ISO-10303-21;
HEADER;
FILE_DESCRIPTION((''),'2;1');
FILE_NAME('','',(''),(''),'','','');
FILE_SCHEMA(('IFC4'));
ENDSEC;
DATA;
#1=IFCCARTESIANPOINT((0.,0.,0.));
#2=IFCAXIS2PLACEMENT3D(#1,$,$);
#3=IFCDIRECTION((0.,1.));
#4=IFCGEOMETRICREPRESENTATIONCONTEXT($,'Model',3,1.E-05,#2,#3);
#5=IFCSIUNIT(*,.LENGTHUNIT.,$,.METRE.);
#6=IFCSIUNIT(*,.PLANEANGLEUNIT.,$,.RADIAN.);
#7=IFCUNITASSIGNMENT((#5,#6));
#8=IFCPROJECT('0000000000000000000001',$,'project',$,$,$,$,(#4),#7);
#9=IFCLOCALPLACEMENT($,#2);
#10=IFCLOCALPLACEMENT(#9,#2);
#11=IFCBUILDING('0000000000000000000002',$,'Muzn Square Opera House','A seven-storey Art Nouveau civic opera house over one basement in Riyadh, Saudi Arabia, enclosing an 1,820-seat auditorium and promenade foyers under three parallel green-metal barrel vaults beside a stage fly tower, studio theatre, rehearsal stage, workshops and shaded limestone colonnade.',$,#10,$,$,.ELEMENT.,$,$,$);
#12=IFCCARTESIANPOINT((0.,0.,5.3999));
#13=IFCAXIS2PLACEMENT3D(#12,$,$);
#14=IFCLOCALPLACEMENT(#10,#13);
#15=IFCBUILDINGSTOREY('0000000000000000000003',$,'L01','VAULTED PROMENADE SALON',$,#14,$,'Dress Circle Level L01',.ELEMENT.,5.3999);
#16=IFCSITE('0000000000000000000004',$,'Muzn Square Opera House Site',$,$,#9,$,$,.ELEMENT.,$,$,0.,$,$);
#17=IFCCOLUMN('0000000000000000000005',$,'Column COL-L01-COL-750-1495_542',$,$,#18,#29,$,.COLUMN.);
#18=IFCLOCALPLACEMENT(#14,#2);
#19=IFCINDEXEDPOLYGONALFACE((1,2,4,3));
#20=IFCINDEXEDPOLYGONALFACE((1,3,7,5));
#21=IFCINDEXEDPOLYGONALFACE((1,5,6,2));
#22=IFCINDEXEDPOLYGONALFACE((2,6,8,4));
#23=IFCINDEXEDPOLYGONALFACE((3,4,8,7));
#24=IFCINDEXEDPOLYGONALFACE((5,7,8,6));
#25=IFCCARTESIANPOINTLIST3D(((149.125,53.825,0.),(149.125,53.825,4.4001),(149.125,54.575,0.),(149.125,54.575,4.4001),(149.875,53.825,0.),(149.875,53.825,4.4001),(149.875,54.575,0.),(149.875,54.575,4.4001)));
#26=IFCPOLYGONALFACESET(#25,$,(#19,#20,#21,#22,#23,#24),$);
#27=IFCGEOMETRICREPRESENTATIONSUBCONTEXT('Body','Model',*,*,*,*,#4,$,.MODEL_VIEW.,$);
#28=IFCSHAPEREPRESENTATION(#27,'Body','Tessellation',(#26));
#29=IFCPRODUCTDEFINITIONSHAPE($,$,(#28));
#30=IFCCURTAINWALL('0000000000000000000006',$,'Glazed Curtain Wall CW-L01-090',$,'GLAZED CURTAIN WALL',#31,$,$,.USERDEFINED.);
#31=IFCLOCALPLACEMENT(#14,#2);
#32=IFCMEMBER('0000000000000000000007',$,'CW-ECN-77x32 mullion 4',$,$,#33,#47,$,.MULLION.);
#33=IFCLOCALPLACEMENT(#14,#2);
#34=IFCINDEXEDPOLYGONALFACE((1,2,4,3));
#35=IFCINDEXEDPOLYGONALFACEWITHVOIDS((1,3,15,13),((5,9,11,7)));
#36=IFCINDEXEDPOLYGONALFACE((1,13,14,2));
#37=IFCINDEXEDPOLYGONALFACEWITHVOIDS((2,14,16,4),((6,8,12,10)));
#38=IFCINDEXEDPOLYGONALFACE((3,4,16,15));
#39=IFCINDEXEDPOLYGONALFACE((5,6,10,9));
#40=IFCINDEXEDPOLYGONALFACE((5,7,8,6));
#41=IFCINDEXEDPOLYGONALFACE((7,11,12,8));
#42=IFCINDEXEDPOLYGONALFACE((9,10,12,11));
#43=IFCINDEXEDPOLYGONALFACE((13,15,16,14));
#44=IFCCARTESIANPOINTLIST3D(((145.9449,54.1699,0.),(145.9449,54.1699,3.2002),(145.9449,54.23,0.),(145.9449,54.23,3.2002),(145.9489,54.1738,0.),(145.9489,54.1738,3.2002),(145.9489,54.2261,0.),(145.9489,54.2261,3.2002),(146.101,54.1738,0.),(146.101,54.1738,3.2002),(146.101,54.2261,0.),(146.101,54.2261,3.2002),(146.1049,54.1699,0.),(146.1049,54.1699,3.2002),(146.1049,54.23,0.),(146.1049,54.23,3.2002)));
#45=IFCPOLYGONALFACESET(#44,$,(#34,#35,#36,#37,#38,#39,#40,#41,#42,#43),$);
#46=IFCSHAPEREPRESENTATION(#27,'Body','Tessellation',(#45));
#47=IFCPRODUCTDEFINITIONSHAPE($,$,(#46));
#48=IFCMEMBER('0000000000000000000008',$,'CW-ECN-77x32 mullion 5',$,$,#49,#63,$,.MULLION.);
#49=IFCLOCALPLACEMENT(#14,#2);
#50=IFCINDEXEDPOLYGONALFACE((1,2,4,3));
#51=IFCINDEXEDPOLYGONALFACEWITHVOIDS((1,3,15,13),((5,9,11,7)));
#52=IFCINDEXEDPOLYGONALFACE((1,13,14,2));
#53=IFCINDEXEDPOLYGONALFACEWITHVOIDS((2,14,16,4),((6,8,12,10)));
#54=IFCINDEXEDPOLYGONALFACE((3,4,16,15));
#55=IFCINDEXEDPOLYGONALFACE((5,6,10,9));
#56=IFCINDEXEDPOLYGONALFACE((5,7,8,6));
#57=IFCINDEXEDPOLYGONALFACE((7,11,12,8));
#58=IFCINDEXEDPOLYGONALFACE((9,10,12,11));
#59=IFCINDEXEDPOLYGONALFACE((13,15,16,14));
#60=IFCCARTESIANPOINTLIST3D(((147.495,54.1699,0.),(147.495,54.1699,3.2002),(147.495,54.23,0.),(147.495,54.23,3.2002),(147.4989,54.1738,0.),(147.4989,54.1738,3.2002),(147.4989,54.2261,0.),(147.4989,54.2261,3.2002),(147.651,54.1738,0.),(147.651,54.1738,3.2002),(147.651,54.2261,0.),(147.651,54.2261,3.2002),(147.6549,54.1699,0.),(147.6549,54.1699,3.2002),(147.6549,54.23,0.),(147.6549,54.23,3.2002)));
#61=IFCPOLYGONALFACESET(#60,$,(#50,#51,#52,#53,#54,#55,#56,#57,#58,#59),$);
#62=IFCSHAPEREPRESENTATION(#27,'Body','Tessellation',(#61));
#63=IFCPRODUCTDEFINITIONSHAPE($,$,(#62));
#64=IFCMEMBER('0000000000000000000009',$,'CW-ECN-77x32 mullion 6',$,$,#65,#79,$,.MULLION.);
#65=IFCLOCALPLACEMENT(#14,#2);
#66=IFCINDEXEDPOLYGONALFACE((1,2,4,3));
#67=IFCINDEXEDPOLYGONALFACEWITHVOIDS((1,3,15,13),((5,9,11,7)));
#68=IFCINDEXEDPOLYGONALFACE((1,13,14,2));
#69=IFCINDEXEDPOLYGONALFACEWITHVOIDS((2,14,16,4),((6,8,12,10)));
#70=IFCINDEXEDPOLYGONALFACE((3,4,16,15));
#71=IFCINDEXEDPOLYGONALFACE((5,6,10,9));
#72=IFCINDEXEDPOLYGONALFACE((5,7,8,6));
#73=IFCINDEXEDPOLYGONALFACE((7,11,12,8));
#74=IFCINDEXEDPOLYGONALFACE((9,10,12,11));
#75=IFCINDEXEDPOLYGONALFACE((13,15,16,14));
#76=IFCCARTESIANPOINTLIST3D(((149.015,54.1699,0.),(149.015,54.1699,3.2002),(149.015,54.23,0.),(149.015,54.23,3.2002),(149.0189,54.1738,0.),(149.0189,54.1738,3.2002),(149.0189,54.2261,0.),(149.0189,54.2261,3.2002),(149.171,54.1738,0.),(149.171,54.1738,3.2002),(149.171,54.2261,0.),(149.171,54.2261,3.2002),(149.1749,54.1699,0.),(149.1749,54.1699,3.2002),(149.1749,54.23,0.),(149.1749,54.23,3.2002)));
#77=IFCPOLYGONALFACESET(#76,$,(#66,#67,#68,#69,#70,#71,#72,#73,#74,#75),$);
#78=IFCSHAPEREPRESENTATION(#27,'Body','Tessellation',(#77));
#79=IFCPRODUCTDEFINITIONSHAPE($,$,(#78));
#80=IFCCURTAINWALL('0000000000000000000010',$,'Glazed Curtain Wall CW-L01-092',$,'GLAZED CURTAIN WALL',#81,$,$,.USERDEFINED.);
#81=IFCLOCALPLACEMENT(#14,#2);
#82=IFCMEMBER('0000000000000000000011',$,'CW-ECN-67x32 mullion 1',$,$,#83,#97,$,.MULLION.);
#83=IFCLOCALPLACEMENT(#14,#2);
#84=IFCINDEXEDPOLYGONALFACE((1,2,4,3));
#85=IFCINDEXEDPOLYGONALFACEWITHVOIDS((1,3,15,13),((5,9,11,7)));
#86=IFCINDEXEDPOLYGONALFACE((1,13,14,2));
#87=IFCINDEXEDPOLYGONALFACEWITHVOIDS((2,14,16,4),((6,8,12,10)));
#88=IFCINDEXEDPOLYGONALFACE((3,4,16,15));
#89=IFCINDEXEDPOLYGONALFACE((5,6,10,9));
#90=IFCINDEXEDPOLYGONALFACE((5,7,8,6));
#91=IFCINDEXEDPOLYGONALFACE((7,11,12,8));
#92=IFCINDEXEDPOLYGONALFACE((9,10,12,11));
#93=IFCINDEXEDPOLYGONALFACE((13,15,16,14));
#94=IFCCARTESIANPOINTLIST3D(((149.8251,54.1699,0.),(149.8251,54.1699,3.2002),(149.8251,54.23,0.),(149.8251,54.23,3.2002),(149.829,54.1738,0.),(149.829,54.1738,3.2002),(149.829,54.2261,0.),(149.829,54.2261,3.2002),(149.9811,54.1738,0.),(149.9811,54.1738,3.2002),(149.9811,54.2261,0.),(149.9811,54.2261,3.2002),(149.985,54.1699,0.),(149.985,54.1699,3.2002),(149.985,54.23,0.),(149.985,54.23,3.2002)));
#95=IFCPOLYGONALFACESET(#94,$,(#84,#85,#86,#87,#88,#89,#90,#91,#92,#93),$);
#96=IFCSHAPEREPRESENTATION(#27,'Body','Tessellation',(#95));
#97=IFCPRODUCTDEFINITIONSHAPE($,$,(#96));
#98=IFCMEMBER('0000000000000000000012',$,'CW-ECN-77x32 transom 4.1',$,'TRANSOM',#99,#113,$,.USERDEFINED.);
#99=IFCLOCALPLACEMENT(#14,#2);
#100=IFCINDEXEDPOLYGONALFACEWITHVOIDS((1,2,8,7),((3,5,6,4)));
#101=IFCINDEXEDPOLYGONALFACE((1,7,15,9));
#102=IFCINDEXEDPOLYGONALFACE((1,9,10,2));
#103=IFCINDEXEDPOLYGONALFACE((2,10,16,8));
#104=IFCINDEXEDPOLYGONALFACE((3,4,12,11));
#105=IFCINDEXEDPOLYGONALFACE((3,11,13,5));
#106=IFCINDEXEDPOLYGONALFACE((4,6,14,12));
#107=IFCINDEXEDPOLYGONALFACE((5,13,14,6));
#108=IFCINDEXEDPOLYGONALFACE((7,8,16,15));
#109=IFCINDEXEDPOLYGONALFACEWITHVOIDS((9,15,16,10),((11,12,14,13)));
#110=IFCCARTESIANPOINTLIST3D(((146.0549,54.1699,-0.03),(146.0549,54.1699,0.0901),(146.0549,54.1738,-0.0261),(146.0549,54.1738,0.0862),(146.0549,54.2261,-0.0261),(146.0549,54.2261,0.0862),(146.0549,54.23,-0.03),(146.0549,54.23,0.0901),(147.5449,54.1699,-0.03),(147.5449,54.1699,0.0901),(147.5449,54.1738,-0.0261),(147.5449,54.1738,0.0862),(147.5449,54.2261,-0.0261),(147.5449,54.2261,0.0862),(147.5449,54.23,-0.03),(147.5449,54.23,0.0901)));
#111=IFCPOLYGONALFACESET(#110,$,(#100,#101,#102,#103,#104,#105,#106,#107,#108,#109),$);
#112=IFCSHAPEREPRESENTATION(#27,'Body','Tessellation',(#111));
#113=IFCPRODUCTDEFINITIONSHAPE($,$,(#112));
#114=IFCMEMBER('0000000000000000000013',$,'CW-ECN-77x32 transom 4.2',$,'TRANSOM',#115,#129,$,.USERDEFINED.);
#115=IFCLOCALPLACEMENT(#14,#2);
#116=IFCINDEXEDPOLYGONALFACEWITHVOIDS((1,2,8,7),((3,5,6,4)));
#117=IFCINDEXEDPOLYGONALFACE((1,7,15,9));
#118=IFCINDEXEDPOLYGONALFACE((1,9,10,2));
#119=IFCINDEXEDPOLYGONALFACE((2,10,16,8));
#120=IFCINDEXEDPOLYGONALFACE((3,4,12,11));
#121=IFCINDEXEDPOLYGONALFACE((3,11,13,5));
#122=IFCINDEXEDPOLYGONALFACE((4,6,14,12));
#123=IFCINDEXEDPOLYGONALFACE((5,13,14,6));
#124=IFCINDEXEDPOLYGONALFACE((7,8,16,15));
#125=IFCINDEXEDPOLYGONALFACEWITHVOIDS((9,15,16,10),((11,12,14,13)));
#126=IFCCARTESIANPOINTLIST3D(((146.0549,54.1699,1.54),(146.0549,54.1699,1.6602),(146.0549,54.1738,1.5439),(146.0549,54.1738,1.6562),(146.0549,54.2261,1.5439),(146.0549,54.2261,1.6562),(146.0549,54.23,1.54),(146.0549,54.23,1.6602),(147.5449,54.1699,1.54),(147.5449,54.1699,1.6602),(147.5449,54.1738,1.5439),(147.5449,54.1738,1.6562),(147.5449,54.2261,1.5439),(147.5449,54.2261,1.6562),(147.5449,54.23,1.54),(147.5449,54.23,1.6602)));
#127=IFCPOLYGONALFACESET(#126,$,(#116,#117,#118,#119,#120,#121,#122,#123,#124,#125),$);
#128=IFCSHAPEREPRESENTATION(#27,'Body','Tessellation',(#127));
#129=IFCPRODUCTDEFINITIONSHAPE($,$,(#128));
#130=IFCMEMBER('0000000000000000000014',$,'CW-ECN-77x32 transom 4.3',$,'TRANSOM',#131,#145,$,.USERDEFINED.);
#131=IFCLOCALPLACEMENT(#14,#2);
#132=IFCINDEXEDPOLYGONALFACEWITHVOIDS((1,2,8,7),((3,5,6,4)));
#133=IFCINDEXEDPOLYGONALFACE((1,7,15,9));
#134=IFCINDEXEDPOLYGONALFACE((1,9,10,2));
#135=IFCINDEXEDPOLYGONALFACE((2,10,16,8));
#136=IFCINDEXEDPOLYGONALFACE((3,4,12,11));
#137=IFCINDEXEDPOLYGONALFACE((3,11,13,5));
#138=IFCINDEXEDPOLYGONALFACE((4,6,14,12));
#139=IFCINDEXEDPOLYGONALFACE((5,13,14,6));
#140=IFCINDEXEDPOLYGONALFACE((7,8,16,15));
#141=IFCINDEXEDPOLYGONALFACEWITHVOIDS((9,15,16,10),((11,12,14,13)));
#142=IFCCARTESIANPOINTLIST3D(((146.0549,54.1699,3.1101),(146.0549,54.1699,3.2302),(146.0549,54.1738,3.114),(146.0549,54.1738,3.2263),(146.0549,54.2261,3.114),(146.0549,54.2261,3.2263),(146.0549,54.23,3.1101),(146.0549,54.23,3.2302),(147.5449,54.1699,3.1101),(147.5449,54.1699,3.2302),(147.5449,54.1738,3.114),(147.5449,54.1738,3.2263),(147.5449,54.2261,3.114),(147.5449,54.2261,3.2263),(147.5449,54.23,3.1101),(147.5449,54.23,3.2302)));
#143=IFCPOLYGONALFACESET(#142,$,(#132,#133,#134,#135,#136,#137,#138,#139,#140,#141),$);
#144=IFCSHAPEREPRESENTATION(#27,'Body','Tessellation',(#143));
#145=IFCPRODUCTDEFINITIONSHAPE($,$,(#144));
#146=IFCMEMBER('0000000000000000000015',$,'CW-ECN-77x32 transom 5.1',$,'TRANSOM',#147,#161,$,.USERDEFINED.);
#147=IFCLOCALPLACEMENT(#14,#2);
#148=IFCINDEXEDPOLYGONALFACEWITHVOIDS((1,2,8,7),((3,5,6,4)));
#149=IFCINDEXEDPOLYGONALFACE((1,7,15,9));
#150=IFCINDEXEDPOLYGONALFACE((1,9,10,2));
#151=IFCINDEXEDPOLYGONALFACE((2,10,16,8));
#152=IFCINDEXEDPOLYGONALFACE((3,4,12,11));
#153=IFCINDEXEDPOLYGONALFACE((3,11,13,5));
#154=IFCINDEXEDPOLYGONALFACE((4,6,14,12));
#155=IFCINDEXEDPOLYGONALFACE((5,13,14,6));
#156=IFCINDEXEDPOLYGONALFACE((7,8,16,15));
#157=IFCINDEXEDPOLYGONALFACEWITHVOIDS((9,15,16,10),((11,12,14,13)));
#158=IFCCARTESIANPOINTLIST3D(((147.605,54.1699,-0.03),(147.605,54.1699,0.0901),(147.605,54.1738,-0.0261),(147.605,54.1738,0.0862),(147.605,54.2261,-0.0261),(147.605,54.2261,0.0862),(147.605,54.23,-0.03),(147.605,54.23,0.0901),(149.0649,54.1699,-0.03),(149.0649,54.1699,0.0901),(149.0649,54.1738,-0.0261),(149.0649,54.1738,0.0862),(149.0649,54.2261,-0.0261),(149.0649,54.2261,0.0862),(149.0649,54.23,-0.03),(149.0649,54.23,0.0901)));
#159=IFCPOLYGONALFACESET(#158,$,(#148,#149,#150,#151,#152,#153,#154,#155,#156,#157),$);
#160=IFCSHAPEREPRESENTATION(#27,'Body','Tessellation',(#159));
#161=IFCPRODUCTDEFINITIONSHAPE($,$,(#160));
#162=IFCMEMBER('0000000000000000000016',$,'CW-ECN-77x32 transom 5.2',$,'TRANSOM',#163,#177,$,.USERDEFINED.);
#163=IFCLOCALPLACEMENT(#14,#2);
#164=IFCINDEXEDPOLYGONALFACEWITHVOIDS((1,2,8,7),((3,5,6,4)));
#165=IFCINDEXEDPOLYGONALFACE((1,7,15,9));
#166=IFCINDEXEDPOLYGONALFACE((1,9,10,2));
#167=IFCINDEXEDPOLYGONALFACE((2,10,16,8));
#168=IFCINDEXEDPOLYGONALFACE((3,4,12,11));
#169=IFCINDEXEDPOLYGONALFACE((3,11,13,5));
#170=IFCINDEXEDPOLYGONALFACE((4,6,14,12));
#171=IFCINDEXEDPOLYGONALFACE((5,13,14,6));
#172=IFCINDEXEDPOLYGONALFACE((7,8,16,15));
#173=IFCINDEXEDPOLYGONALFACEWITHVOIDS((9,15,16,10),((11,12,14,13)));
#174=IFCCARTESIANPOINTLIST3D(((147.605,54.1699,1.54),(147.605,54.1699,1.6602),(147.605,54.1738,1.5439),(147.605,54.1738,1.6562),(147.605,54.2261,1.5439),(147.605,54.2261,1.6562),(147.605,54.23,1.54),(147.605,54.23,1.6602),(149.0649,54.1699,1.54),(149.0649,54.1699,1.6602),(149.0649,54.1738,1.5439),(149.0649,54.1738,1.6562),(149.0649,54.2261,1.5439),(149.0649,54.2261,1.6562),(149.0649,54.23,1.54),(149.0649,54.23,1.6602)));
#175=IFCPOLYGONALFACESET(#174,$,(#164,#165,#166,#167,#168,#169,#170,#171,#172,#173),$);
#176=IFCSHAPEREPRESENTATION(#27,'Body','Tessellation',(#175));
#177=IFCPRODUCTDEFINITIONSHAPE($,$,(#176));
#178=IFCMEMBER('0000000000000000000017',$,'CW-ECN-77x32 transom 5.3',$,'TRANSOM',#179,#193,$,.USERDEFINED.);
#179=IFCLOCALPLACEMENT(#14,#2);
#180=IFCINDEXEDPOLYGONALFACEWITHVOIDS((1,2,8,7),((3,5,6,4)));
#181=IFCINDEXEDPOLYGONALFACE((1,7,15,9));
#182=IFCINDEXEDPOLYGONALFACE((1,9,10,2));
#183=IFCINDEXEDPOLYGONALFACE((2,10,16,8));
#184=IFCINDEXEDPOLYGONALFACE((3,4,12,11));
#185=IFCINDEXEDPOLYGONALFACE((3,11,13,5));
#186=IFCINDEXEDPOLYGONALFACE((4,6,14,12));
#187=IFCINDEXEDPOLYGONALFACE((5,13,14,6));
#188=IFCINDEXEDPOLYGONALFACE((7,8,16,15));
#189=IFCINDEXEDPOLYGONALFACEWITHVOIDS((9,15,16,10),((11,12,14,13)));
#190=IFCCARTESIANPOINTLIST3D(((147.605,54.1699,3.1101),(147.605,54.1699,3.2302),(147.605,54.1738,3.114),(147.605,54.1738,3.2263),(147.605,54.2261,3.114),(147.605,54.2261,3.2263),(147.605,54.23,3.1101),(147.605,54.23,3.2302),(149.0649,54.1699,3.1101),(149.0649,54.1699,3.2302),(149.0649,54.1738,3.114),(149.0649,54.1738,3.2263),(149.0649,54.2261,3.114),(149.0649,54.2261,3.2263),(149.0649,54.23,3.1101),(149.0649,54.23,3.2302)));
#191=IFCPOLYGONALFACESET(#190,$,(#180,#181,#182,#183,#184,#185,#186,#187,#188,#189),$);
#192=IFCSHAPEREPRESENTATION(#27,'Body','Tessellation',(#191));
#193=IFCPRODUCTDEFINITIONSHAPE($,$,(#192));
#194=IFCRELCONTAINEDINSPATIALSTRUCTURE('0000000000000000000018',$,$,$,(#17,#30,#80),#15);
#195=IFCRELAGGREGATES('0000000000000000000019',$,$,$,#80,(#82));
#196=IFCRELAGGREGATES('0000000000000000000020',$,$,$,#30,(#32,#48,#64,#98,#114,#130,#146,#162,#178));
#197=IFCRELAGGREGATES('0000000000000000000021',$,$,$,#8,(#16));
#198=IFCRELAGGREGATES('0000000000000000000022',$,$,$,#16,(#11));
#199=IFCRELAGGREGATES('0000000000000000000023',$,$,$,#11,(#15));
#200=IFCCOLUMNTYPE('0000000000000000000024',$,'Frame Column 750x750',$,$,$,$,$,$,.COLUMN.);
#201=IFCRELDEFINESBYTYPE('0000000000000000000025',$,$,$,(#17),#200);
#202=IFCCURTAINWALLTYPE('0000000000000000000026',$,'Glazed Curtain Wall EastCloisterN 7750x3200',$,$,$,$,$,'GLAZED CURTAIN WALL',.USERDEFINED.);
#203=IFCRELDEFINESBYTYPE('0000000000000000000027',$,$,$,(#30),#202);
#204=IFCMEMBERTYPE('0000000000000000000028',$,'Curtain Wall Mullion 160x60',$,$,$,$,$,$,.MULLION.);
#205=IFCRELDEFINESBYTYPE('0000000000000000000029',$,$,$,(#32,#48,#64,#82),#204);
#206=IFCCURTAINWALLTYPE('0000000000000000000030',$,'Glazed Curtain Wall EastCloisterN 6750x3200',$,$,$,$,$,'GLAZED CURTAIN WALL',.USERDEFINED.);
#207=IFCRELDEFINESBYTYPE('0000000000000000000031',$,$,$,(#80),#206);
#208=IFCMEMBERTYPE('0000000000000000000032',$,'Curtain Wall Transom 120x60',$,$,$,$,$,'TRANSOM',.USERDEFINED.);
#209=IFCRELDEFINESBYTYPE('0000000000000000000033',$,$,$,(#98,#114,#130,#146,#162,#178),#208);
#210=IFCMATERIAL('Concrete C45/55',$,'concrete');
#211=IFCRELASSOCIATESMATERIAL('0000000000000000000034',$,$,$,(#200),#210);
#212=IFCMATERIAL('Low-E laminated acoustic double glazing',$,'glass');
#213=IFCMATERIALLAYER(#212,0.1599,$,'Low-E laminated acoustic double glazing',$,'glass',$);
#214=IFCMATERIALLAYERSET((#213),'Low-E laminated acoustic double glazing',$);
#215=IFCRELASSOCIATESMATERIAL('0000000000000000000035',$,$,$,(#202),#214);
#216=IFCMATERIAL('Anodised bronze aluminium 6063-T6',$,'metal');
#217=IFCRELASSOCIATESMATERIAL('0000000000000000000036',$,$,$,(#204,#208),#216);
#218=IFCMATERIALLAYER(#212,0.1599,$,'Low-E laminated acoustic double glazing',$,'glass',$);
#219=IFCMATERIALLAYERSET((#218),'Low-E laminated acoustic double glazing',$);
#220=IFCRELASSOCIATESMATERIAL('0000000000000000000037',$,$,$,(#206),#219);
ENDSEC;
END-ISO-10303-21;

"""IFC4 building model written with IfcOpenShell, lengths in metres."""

from ifc_helpers import new_model, si_unit, direction, frame, origin, origin_2d, place, context, subcontext, project, spatial, rectangle, hollow_rectangle, extrude, material, layer, layer_set, material_profile, profile_set, type_object, element, aggregate, save


model = new_model("IFC4")

# Units and contexts
model_context = context("Model", 3, precision=1e-05, world=origin(), true_north=direction((0.0, 1.0)))
body_context = subcontext(model_context, "Body", "Model", "MODEL_VIEW")
ifc_project = project(units=[si_unit("LENGTHUNIT", "METRE"), si_unit("PLANEANGLEUNIT", "RADIAN")], contexts=[model_context])

# Site, building, storey
site_placement = place(None, origin())
site = spatial("IfcSite", under=ifc_project, at=site_placement, Name="Muzn Square Opera House Site", CompositionType="ELEMENT", RefElevation=0.0)
building_placement = place(site_placement, origin())
building = spatial("IfcBuilding", under=site, at=building_placement, Name="Muzn Square Opera House", Description="A seven-storey Art Nouveau civic opera house over one basement in Riyadh, Saudi Arabia, enclosing an 1,820-seat auditorium and promenade foyers under three parallel green-metal barrel vaults beside a stage fly tower, studio theatre, rehearsal stage, workshops and shaded limestone colonnade.", CompositionType="ELEMENT")
storey_placement = place(building_placement, frame((0.0, 0.0, 5.3999)))
storey = spatial("IfcBuildingStorey", under=building, at=storey_placement, Name="L01", Description="VAULTED PROMENADE SALON", LongName="Dress Circle Level L01", CompositionType="ELEMENT", Elevation=5.3999)

# Column
ifc_material_1 = material(Name="Concrete C45/55", Category="concrete")
ifc_material_profile_1 = material_profile(ifc_material_1, rectangle(XDim=0.75, YDim=0.75, at=origin_2d()), Name="RC 750x750", Category="concrete")
ifc_profile_set_1 = profile_set([ifc_material_profile_1], Name="Concrete C45/55")
column_type = type_object("IfcColumnType", Name="Frame Column 750x750", PredefinedType="COLUMN", material=ifc_profile_set_1)
column_placement = place(storey_placement, frame((149.5, 54.2, 0.0), z_axis=(0.0, 0.0, 1.0), x_axis=(1.0, 0.0, 0.0)))
element("IfcColumn", 1, at=column_placement, inside=storey, type_object=column_type, Name="Column COL-L01-COL-750-1495_542", PredefinedType="COLUMN", context=body_context, shape_type="SweptSolid", body=[
    extrude(rectangle(XDim=0.75, YDim=0.75, at=origin_2d()), origin(), (0.0, 0.0, 1.0), 4.4001),
])

# Curtain wall, members
ifc_material_2 = material(Name="Low-E laminated acoustic double glazing", Category="glass")
ifc_layer_1 = layer(ifc_material_2, 0.1599, Name="Low-E laminated acoustic double glazing", Category="glass")
ifc_layer_set_1 = layer_set([ifc_layer_1], Name="Low-E laminated acoustic double glazing")
curtain_wall_type_1 = type_object("IfcCurtainWallType", Name="Glazed Curtain Wall EastCloisterN 7750x3200", ElementType="GLAZED CURTAIN WALL", PredefinedType="USERDEFINED", material=ifc_layer_set_1)
curtain_wall_1_placement = place(storey_placement, origin())
curtain_wall_1 = element("IfcCurtainWall", 2, at=curtain_wall_1_placement, inside=storey, type_object=curtain_wall_type_1, Name="Glazed Curtain Wall CW-L01-090", ObjectType="GLAZED CURTAIN WALL", PredefinedType="USERDEFINED")
ifc_material_3 = material(Name="Anodised bronze aluminium 6063-T6", Category="metal")
ifc_material_profile_2 = material_profile(ifc_material_3, hollow_rectangle(XDim=0.0601, YDim=0.1599, WallThickness=0.0039, at=origin_2d()), Name="ALU 160x60x4", Category="metal")
ifc_profile_set_2 = profile_set([ifc_material_profile_2], Name="Anodised bronze aluminium 6063-T6")
member_type_1 = type_object("IfcMemberType", Name="Curtain Wall Mullion 160x60", PredefinedType="MULLION", material=ifc_profile_set_2)
member_1_placement = place(storey_placement, frame((146.0249, 54.2, 0.0), z_axis=(0.0, 0.0, 1.0), x_axis=(0.0, 1.0, 0.0)))
member_1 = element("IfcMember", 3, at=member_1_placement, type_object=member_type_1, Name="CW-ECN-77x32 mullion 4", PredefinedType="MULLION", context=body_context, shape_type="SweptSolid", body=[
    extrude(hollow_rectangle(XDim=0.0601, YDim=0.1599, WallThickness=0.0039, at=origin_2d()), origin(), (0.0, 0.0, 1.0), 3.2002),
])
member_2_placement = place(storey_placement, frame((147.575, 54.2, 0.0), z_axis=(0.0, 0.0, 1.0), x_axis=(0.0, 1.0, 0.0)))
member_2 = element("IfcMember", 4, at=member_2_placement, type_object=member_type_1, Name="CW-ECN-77x32 mullion 5", PredefinedType="MULLION", context=body_context, shape_type="SweptSolid", body=[
    extrude(hollow_rectangle(XDim=0.0601, YDim=0.1599, WallThickness=0.0039, at=origin_2d()), origin(), (0.0, 0.0, 1.0), 3.2002),
])
member_3_placement = place(storey_placement, frame((149.095, 54.2, 0.0), z_axis=(0.0, 0.0, 1.0), x_axis=(0.0, 1.0, 0.0)))
member_3 = element("IfcMember", 5, at=member_3_placement, type_object=member_type_1, Name="CW-ECN-77x32 mullion 6", PredefinedType="MULLION", context=body_context, shape_type="SweptSolid", body=[
    extrude(hollow_rectangle(XDim=0.0601, YDim=0.1599, WallThickness=0.0039, at=origin_2d()), origin(), (0.0, 0.0, 1.0), 3.2002),
])

# Curtain wall, member
ifc_layer_2 = layer(ifc_material_2, 0.1599, Name="Low-E laminated acoustic double glazing", Category="glass")
ifc_layer_set_2 = layer_set([ifc_layer_2], Name="Low-E laminated acoustic double glazing")
curtain_wall_type_2 = type_object("IfcCurtainWallType", Name="Glazed Curtain Wall EastCloisterN 6750x3200", ElementType="GLAZED CURTAIN WALL", PredefinedType="USERDEFINED", material=ifc_layer_set_2)
curtain_wall_2_placement = place(storey_placement, origin())
curtain_wall_2 = element("IfcCurtainWall", 6, at=curtain_wall_2_placement, inside=storey, type_object=curtain_wall_type_2, Name="Glazed Curtain Wall CW-L01-092", ObjectType="GLAZED CURTAIN WALL", PredefinedType="USERDEFINED")
member_4_placement = place(storey_placement, frame((149.905, 54.2, 0.0), z_axis=(0.0, 0.0, 1.0), x_axis=(0.0, 1.0, 0.0)))
member_4 = element("IfcMember", 7, at=member_4_placement, type_object=member_type_1, Name="CW-ECN-67x32 mullion 1", PredefinedType="MULLION", context=body_context, shape_type="SweptSolid", body=[
    extrude(hollow_rectangle(XDim=0.0601, YDim=0.1599, WallThickness=0.0039, at=origin_2d()), origin(), (0.0, 0.0, 1.0), 3.2002),
])

# Members
ifc_material_profile_3 = material_profile(ifc_material_3, hollow_rectangle(XDim=0.0601, YDim=0.1201, WallThickness=0.0039, at=origin_2d()), Name="ALU 120x60x4", Category="metal")
ifc_profile_set_3 = profile_set([ifc_material_profile_3], Name="Anodised bronze aluminium 6063-T6")
member_type_2 = type_object("IfcMemberType", Name="Curtain Wall Transom 120x60", ElementType="TRANSOM", PredefinedType="USERDEFINED", material=ifc_profile_set_3)
member_5_placement = place(storey_placement, frame((146.0549, 54.2, 0.03), z_axis=(1.0, 0.0, 0.0), x_axis=(0.0, 1.0, 0.0)))
member_5 = element("IfcMember", 8, at=member_5_placement, type_object=member_type_2, Name="CW-ECN-77x32 transom 4.1", ObjectType="TRANSOM", PredefinedType="USERDEFINED", context=body_context, shape_type="SweptSolid", body=[
    extrude(hollow_rectangle(XDim=0.0601, YDim=0.1201, WallThickness=0.0039, at=origin_2d()), origin(), (0.0, 0.0, 1.0), 1.49),
])
member_6_placement = place(storey_placement, frame((146.0549, 54.2, 1.6001), z_axis=(1.0, 0.0, 0.0), x_axis=(0.0, 1.0, 0.0)))
member_6 = element("IfcMember", 9, at=member_6_placement, type_object=member_type_2, Name="CW-ECN-77x32 transom 4.2", ObjectType="TRANSOM", PredefinedType="USERDEFINED", context=body_context, shape_type="SweptSolid", body=[
    extrude(hollow_rectangle(XDim=0.0601, YDim=0.1201, WallThickness=0.0039, at=origin_2d()), origin(), (0.0, 0.0, 1.0), 1.49),
])
member_7_placement = place(storey_placement, frame((146.0549, 54.2, 3.1702), z_axis=(1.0, 0.0, 0.0), x_axis=(0.0, 1.0, 0.0)))
member_7 = element("IfcMember", 10, at=member_7_placement, type_object=member_type_2, Name="CW-ECN-77x32 transom 4.3", ObjectType="TRANSOM", PredefinedType="USERDEFINED", context=body_context, shape_type="SweptSolid", body=[
    extrude(hollow_rectangle(XDim=0.0601, YDim=0.1201, WallThickness=0.0039, at=origin_2d()), origin(), (0.0, 0.0, 1.0), 1.49),
])
member_8_placement = place(storey_placement, frame((147.605, 54.2, 0.03), z_axis=(1.0, 0.0, 0.0), x_axis=(0.0, 1.0, 0.0)))
member_8 = element("IfcMember", 11, at=member_8_placement, type_object=member_type_2, Name="CW-ECN-77x32 transom 5.1", ObjectType="TRANSOM", PredefinedType="USERDEFINED", context=body_context, shape_type="SweptSolid", body=[
    extrude(hollow_rectangle(XDim=0.0601, YDim=0.1201, WallThickness=0.0039, at=origin_2d()), origin(), (0.0, 0.0, 1.0), 1.46),
])
member_9_placement = place(storey_placement, frame((147.605, 54.2, 1.6001), z_axis=(1.0, 0.0, 0.0), x_axis=(0.0, 1.0, 0.0)))
member_9 = element("IfcMember", 12, at=member_9_placement, type_object=member_type_2, Name="CW-ECN-77x32 transom 5.2", ObjectType="TRANSOM", PredefinedType="USERDEFINED", context=body_context, shape_type="SweptSolid", body=[
    extrude(hollow_rectangle(XDim=0.0601, YDim=0.1201, WallThickness=0.0039, at=origin_2d()), origin(), (0.0, 0.0, 1.0), 1.46),
])
member_10_placement = place(storey_placement, frame((147.605, 54.2, 3.1702), z_axis=(1.0, 0.0, 0.0), x_axis=(0.0, 1.0, 0.0)))
member_10 = element("IfcMember", 13, at=member_10_placement, type_object=member_type_2, Name="CW-ECN-77x32 transom 5.3", ObjectType="TRANSOM", PredefinedType="USERDEFINED", context=body_context, shape_type="SweptSolid", body=[
    extrude(hollow_rectangle(XDim=0.0601, YDim=0.1201, WallThickness=0.0039, at=origin_2d()), origin(), (0.0, 0.0, 1.0), 1.46),
])
aggregate(curtain_wall_2, [member_4])

aggregate(curtain_wall_1, [member_1, member_2, member_3, member_5, member_6, member_7, member_8, member_9, member_10])

save(model, "model.ifc")
